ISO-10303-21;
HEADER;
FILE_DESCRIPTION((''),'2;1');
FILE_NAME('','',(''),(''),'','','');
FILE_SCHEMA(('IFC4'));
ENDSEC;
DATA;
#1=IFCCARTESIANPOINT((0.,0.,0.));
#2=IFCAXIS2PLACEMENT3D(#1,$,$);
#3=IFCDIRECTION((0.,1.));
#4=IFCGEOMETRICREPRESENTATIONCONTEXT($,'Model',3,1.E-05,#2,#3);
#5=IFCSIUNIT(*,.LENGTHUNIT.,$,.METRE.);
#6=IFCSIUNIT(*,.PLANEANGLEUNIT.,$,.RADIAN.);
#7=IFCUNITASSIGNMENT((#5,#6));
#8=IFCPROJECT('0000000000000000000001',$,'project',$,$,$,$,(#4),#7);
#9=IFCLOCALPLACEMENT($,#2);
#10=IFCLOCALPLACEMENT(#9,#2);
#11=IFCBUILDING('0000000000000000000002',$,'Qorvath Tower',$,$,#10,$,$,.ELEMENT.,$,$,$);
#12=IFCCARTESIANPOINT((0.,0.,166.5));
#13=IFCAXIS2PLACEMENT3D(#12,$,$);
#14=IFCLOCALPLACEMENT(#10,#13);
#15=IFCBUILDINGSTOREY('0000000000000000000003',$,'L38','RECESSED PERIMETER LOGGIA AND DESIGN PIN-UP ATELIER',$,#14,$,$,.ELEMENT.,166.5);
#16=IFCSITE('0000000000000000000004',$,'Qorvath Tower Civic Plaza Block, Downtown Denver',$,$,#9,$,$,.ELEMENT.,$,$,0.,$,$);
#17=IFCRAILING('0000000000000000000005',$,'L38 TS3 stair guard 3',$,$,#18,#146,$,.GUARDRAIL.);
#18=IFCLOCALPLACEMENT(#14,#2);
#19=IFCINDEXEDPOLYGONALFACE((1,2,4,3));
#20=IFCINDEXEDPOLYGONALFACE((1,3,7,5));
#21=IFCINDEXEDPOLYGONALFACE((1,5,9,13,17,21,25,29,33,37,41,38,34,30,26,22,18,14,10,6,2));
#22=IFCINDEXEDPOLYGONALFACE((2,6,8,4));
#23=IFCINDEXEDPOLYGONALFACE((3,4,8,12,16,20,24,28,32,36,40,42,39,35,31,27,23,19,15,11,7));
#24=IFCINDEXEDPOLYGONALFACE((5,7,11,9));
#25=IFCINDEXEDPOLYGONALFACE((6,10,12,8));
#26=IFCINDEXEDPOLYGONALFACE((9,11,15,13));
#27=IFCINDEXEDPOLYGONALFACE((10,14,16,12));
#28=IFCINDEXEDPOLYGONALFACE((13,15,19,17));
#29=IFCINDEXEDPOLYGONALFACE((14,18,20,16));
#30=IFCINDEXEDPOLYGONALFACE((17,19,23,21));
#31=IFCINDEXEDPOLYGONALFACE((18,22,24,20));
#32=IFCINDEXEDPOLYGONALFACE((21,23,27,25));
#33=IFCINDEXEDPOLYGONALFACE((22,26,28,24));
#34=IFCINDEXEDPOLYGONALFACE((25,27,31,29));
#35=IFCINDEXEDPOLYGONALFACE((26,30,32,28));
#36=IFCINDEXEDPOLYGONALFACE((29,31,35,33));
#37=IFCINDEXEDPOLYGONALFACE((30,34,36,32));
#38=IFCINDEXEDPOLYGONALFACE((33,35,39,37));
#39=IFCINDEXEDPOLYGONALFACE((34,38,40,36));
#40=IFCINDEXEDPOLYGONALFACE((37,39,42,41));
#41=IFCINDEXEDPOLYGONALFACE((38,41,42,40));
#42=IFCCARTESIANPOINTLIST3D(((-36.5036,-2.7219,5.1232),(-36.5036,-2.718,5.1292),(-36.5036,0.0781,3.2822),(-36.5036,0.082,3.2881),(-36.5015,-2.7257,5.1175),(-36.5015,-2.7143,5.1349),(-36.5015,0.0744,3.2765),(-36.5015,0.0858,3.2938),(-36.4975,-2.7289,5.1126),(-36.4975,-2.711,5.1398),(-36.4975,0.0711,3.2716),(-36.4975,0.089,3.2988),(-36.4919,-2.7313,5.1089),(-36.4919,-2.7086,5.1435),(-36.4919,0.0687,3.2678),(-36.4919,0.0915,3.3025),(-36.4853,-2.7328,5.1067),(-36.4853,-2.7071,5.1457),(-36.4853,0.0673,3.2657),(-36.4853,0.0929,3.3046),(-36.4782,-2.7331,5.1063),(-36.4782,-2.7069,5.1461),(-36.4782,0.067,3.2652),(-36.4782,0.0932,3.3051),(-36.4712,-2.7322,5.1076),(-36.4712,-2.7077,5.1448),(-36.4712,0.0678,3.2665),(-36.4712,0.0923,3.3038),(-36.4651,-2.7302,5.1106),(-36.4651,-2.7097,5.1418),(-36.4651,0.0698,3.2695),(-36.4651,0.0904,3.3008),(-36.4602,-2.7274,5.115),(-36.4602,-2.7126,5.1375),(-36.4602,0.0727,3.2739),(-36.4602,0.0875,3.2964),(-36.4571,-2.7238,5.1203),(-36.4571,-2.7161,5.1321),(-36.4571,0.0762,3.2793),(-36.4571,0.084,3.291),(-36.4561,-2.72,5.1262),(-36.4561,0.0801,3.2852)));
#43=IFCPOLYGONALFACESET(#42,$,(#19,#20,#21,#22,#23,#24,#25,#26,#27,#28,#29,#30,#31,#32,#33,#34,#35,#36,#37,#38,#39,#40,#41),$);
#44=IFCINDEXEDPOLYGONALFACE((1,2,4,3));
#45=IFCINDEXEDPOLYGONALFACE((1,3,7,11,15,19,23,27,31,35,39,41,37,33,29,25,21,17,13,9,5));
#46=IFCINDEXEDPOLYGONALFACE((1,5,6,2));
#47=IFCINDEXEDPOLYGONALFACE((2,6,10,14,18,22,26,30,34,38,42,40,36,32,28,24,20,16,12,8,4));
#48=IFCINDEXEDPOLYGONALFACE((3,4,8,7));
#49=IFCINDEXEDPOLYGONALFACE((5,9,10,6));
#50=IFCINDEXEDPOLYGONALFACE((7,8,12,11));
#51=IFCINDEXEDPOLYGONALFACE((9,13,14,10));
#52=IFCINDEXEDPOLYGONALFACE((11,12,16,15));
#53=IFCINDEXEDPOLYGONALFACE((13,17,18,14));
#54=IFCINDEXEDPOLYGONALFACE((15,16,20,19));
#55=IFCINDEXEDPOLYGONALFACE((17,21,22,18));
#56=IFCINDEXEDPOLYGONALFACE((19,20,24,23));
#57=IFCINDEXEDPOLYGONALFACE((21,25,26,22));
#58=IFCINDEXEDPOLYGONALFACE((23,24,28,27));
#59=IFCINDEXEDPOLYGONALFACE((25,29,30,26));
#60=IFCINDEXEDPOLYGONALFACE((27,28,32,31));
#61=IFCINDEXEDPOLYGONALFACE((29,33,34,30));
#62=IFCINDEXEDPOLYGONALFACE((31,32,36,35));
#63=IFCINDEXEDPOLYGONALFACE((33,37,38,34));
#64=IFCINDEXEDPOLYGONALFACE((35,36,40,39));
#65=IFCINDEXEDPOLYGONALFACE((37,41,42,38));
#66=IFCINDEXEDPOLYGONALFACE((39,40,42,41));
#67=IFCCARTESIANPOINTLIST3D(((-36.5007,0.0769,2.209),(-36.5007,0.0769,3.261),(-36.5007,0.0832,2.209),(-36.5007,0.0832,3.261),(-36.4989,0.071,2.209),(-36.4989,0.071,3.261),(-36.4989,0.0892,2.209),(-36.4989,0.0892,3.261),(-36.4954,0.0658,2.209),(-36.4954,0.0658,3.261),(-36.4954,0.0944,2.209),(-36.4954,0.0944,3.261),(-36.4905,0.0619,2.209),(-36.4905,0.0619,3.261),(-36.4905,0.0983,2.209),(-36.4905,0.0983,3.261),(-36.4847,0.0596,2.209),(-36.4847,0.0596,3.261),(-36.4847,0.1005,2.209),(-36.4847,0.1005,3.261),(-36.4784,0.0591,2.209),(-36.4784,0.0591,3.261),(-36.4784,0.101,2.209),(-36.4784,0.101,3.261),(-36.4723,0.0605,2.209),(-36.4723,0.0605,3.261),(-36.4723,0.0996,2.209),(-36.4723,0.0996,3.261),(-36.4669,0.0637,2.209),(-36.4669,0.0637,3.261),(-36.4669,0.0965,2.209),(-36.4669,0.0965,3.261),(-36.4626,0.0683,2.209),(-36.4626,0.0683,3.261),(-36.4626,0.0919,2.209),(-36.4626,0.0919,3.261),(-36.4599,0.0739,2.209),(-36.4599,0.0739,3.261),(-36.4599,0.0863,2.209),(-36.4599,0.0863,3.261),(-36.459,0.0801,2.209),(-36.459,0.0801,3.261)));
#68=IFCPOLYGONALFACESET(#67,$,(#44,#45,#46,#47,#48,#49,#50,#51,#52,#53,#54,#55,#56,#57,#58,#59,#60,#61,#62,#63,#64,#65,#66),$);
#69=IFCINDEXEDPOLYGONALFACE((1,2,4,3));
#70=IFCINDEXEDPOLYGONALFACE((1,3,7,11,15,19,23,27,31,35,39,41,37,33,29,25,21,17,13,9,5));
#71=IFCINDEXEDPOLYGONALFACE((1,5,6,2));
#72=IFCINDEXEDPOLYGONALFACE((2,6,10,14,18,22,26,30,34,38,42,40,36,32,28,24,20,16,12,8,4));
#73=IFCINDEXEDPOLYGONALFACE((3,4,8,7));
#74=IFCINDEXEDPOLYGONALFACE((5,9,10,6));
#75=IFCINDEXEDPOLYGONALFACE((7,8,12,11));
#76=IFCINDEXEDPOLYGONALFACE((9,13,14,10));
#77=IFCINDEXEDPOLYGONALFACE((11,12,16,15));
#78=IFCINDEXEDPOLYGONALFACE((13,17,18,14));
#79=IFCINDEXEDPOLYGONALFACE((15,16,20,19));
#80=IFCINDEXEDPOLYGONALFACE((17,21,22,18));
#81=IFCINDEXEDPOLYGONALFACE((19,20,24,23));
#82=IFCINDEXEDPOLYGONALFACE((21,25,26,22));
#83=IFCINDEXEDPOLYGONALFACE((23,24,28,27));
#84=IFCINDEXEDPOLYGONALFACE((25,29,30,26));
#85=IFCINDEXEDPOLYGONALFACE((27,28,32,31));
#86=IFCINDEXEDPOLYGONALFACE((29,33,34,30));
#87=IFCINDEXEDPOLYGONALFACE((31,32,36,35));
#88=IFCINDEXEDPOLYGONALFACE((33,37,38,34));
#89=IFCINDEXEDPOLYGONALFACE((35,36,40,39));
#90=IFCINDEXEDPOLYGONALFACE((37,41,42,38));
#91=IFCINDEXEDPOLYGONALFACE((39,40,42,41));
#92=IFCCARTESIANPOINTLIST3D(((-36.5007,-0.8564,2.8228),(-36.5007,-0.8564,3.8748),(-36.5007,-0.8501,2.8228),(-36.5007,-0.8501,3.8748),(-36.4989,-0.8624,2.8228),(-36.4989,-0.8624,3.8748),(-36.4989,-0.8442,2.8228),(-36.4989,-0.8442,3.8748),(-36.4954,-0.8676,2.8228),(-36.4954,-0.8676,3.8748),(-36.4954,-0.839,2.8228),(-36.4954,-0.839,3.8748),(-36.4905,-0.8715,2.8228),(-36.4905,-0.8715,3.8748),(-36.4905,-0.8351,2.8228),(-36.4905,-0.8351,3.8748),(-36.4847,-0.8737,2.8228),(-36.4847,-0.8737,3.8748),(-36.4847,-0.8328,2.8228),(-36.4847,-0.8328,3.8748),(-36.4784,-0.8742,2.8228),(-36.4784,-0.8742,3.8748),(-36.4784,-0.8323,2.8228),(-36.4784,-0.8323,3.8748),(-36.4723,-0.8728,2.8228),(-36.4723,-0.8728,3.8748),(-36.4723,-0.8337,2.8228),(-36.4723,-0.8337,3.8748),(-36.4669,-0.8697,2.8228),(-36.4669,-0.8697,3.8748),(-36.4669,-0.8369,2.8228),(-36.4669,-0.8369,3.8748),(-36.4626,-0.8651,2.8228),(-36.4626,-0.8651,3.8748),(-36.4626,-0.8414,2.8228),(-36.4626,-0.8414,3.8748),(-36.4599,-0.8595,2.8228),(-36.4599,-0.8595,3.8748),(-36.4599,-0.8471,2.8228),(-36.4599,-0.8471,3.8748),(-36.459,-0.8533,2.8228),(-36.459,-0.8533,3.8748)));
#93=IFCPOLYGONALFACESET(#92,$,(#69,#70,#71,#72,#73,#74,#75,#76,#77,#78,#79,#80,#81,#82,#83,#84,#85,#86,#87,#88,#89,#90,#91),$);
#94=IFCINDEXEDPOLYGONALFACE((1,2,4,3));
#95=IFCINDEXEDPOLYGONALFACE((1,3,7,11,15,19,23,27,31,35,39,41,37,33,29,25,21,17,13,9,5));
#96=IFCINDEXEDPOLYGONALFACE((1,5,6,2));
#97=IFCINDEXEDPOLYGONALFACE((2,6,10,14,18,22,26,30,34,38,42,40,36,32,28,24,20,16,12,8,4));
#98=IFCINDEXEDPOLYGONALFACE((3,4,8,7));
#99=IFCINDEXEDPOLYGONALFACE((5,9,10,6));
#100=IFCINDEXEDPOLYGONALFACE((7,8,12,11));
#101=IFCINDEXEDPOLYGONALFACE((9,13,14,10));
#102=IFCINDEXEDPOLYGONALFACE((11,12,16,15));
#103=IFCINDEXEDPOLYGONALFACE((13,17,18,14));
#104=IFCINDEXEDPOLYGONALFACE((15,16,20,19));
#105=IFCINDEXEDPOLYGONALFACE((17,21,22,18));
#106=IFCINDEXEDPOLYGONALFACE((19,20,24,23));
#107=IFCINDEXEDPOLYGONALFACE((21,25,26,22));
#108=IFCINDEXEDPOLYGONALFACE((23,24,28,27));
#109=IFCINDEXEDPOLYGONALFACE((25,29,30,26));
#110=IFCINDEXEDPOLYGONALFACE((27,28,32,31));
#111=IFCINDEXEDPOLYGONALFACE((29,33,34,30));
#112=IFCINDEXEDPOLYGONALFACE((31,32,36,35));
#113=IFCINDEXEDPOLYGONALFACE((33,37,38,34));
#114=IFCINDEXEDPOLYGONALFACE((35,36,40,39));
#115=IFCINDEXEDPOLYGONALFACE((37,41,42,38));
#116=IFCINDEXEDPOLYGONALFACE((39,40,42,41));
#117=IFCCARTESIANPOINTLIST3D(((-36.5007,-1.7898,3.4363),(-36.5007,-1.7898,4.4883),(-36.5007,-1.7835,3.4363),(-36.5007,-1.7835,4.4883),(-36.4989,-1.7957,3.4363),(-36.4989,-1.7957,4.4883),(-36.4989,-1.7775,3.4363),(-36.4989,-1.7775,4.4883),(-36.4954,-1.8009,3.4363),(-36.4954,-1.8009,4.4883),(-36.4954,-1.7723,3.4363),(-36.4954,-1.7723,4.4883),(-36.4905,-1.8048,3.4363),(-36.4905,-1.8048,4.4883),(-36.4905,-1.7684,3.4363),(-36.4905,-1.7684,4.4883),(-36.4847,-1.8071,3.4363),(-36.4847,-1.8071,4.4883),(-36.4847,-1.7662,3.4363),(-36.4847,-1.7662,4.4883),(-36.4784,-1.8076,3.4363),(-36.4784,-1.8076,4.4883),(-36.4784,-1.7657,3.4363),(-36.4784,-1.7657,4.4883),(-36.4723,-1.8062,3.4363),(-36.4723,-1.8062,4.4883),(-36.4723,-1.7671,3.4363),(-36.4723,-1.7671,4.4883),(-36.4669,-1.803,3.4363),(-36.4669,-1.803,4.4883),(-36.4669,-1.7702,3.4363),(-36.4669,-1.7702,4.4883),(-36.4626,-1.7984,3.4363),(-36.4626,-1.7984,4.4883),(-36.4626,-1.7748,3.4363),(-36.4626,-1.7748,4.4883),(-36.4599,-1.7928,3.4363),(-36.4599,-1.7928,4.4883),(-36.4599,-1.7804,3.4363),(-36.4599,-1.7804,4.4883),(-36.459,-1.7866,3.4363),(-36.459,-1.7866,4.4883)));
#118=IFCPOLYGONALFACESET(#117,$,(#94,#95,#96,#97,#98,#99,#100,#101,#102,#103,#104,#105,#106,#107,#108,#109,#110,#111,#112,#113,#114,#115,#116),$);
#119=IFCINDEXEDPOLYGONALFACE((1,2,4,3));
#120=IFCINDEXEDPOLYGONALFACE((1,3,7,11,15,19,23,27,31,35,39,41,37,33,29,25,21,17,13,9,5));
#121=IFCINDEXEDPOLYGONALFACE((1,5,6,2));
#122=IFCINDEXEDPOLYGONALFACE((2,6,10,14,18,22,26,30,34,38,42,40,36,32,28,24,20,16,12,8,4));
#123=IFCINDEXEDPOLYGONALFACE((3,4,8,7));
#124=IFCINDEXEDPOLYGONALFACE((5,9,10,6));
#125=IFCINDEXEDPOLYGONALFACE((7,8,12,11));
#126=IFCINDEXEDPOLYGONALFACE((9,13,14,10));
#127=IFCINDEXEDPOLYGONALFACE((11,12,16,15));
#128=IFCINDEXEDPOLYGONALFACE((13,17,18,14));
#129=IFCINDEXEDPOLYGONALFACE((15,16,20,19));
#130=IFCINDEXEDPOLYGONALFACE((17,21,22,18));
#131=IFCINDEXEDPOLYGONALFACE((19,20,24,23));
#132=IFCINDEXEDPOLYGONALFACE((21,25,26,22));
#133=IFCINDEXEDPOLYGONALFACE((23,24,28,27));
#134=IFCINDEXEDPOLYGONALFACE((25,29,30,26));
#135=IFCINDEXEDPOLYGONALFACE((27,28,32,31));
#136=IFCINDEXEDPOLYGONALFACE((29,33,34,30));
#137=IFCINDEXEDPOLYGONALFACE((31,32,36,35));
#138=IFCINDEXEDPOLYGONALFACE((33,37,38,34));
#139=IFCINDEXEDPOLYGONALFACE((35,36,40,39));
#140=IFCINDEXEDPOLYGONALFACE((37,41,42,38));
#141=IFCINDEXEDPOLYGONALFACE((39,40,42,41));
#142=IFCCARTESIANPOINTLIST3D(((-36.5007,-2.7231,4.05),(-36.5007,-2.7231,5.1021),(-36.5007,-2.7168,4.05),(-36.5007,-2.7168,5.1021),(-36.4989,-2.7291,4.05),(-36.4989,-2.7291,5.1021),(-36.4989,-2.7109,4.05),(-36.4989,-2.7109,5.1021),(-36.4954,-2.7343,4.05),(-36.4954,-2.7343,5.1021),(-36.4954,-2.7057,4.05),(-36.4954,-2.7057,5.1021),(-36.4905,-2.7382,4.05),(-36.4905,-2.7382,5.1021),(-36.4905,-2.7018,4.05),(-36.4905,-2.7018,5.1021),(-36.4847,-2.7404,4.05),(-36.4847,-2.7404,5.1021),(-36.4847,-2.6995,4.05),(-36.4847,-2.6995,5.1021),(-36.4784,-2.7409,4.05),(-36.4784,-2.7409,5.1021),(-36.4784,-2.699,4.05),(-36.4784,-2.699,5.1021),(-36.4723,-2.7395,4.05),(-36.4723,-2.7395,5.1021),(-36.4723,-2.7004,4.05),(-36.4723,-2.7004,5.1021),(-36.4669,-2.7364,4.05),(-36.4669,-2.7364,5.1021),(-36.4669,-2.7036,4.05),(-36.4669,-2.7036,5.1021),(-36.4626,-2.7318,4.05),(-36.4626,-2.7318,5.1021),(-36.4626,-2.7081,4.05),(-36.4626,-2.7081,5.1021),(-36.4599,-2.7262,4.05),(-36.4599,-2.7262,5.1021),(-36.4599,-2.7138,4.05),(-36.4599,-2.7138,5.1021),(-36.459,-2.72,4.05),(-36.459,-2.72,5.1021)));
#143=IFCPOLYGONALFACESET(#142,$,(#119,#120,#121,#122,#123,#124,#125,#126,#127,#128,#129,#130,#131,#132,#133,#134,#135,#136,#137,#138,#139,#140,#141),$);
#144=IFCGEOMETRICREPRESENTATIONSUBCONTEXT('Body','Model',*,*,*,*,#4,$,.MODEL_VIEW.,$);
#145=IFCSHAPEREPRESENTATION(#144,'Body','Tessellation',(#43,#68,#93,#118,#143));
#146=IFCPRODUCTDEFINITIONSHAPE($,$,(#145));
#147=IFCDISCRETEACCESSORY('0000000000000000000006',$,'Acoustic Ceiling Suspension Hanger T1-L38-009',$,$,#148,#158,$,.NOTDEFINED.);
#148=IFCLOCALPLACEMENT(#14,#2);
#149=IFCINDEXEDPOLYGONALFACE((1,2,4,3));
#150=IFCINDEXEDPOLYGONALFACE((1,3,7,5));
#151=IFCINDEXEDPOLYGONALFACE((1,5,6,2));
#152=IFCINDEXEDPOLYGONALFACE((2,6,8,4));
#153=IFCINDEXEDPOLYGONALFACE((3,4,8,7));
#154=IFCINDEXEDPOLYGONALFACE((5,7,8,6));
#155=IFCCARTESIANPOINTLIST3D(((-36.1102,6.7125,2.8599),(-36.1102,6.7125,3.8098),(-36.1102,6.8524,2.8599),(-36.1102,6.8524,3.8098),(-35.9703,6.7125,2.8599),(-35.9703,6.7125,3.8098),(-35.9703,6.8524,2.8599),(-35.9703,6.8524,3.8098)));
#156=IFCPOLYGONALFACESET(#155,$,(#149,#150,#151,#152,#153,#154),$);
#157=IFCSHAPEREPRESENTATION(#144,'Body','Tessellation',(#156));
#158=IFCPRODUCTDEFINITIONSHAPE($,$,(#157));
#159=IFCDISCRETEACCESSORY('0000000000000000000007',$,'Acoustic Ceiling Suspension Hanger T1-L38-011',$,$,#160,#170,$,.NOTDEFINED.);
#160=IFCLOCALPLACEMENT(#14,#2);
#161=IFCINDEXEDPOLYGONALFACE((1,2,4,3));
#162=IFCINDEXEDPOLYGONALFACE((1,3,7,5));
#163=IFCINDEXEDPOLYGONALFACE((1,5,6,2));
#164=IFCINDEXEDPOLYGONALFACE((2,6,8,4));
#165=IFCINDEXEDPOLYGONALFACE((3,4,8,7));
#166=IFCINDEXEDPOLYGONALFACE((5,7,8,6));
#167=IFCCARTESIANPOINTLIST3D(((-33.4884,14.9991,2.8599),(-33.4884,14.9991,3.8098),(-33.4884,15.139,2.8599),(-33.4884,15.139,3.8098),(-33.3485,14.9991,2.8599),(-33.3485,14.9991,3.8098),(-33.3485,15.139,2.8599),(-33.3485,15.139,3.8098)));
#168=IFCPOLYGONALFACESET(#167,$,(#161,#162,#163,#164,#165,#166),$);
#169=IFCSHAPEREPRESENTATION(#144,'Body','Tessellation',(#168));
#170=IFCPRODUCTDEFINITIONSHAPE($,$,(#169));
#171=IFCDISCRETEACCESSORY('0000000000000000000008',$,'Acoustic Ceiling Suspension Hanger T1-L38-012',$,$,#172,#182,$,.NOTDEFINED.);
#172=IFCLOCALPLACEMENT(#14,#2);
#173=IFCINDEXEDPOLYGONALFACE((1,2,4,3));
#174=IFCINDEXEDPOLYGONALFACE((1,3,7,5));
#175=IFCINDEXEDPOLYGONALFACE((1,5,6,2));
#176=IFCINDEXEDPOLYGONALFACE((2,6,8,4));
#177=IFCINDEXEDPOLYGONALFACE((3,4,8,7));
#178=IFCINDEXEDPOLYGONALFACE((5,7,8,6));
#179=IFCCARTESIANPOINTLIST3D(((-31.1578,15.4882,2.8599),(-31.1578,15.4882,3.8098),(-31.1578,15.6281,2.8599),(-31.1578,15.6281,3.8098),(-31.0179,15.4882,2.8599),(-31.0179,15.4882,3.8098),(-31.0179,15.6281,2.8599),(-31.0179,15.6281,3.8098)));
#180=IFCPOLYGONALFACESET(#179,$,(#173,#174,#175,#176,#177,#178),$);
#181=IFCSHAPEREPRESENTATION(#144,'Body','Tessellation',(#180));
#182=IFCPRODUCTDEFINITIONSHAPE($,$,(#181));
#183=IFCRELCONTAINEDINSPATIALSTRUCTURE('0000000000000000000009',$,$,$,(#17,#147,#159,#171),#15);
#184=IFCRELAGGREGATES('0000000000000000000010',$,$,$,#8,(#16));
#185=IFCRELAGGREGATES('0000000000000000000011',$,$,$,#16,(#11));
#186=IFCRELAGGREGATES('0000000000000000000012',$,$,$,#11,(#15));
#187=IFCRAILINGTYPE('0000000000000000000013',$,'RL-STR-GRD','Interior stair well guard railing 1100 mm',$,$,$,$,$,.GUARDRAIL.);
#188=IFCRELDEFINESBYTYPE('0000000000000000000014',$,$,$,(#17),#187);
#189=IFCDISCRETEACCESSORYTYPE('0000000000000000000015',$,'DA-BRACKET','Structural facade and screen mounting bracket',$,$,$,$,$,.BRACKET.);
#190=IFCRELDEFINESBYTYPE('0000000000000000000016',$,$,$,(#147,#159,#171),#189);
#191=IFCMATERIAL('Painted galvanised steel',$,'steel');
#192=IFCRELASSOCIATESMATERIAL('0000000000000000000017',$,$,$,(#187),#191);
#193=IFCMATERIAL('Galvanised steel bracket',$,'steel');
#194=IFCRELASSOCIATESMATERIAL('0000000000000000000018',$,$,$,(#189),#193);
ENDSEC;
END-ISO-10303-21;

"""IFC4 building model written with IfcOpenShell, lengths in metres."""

from ifc_helpers import new_model, si_unit, direction, frame, origin, origin_2d, place, context, subcontext, project, spatial, rectangle, circle, extrude, material, type_object, element, save


model = new_model("IFC4")

# Units and contexts
model_context = context("Model", 3, precision=1e-05, world=origin(), true_north=direction((0.0, 1.0)))
body_context = subcontext(model_context, "Body", "Model", "MODEL_VIEW")
ifc_project = project(units=[si_unit("LENGTHUNIT", "METRE"), si_unit("PLANEANGLEUNIT", "RADIAN")], contexts=[model_context])

# Site, building, storey
site_placement = place(None, origin())
site = spatial("IfcSite", under=ifc_project, at=site_placement, Name="Qorvath Tower Civic Plaza Block, Downtown Denver", CompositionType="ELEMENT", RefElevation=0.0)
building_placement = place(site_placement, origin())
building = spatial("IfcBuilding", under=site, at=building_placement, Name="Qorvath Tower", CompositionType="ELEMENT")
storey_placement = place(building_placement, frame((0.0, 0.0, 166.5)))
storey = spatial("IfcBuildingStorey", under=building, at=storey_placement, Name="L38", Description="RECESSED PERIMETER LOGGIA AND DESIGN PIN-UP ATELIER", CompositionType="ELEMENT", Elevation=166.5)

# Railing
ifc_material_1 = material(Name="Painted galvanised steel", Category="steel")
railing_type = type_object("IfcRailingType", Name="RL-STR-GRD", Description="Interior stair well guard railing 1100 mm", PredefinedType="GUARDRAIL", material=ifc_material_1)
railing_1_placement = place(storey_placement, frame((-36.48, 0.0801, 2.209)))
element("IfcRailing", 1, at=railing_1_placement, inside=storey, type_object=railing_type, Name="L38 TS3 stair guard 3", PredefinedType="GUARDRAIL", context=body_context, shape_type="SweptSolid", body=[
    extrude(circle(Radius=0.0239, at=origin_2d()), frame((0.0, 0.0, 1.0762), z_axis=(0.0, -0.835564, 0.549393), x_axis=(1.0, 0.0, 0.0)), (0.0, 0.0, 1.0), 3.3511),
    extrude(circle(Radius=0.021, at=origin_2d()), origin(), (0.0, 0.0, 1.0), 1.052),
    extrude(circle(Radius=0.021, at=origin_2d()), frame((0.0, -0.9333, 0.6138)), (0.0, 0.0, 1.0), 1.052),
    extrude(circle(Radius=0.021, at=origin_2d()), frame((0.0, -1.8667, 1.2273)), (0.0, 0.0, 1.0), 1.052),
    extrude(circle(Radius=0.021, at=origin_2d()), frame((0.0, -2.8, 1.8411)), (0.0, 0.0, 1.0), 1.052),
])

# Discrete accessories
ifc_material_2 = material(Name="Galvanised steel bracket", Category="steel")
discrete_accessory_type = type_object("IfcDiscreteAccessoryType", Name="DA-BRACKET", Description="Structural facade and screen mounting bracket", PredefinedType="BRACKET", material=ifc_material_2)
for number, where, z_axis, x_axis, name in (
    (2, (-36.0403, 6.7825, 2.8599), (0.0, 0.0, 1.0), (1.0, 0.0, 0.0), "Acoustic Ceiling Suspension Hanger T1-L38-009"),
    (3, (-33.4185, 15.0691, 2.8599), (0.0, 0.0, 1.0), (1.0, 0.0, 0.0), "Acoustic Ceiling Suspension Hanger T1-L38-011"),
    (4, (-31.0879, 15.5581, 2.8599), (0.0, 0.0, 1.0), (1.0, 0.0, 0.0), "Acoustic Ceiling Suspension Hanger T1-L38-012"),
):
    element("IfcDiscreteAccessory", number, at=place(storey_placement, frame(where, z_axis=z_axis, x_axis=x_axis)), inside=storey, type_object=discrete_accessory_type, Name=name, PredefinedType="NOTDEFINED", context=body_context, shape_type="SweptSolid", body=[
        extrude(rectangle(XDim=0.1399, YDim=0.1399, at=origin_2d()), origin(), (0.0, 0.0, 1.0), 0.95),
    ])

save(model, "model.ifc")
